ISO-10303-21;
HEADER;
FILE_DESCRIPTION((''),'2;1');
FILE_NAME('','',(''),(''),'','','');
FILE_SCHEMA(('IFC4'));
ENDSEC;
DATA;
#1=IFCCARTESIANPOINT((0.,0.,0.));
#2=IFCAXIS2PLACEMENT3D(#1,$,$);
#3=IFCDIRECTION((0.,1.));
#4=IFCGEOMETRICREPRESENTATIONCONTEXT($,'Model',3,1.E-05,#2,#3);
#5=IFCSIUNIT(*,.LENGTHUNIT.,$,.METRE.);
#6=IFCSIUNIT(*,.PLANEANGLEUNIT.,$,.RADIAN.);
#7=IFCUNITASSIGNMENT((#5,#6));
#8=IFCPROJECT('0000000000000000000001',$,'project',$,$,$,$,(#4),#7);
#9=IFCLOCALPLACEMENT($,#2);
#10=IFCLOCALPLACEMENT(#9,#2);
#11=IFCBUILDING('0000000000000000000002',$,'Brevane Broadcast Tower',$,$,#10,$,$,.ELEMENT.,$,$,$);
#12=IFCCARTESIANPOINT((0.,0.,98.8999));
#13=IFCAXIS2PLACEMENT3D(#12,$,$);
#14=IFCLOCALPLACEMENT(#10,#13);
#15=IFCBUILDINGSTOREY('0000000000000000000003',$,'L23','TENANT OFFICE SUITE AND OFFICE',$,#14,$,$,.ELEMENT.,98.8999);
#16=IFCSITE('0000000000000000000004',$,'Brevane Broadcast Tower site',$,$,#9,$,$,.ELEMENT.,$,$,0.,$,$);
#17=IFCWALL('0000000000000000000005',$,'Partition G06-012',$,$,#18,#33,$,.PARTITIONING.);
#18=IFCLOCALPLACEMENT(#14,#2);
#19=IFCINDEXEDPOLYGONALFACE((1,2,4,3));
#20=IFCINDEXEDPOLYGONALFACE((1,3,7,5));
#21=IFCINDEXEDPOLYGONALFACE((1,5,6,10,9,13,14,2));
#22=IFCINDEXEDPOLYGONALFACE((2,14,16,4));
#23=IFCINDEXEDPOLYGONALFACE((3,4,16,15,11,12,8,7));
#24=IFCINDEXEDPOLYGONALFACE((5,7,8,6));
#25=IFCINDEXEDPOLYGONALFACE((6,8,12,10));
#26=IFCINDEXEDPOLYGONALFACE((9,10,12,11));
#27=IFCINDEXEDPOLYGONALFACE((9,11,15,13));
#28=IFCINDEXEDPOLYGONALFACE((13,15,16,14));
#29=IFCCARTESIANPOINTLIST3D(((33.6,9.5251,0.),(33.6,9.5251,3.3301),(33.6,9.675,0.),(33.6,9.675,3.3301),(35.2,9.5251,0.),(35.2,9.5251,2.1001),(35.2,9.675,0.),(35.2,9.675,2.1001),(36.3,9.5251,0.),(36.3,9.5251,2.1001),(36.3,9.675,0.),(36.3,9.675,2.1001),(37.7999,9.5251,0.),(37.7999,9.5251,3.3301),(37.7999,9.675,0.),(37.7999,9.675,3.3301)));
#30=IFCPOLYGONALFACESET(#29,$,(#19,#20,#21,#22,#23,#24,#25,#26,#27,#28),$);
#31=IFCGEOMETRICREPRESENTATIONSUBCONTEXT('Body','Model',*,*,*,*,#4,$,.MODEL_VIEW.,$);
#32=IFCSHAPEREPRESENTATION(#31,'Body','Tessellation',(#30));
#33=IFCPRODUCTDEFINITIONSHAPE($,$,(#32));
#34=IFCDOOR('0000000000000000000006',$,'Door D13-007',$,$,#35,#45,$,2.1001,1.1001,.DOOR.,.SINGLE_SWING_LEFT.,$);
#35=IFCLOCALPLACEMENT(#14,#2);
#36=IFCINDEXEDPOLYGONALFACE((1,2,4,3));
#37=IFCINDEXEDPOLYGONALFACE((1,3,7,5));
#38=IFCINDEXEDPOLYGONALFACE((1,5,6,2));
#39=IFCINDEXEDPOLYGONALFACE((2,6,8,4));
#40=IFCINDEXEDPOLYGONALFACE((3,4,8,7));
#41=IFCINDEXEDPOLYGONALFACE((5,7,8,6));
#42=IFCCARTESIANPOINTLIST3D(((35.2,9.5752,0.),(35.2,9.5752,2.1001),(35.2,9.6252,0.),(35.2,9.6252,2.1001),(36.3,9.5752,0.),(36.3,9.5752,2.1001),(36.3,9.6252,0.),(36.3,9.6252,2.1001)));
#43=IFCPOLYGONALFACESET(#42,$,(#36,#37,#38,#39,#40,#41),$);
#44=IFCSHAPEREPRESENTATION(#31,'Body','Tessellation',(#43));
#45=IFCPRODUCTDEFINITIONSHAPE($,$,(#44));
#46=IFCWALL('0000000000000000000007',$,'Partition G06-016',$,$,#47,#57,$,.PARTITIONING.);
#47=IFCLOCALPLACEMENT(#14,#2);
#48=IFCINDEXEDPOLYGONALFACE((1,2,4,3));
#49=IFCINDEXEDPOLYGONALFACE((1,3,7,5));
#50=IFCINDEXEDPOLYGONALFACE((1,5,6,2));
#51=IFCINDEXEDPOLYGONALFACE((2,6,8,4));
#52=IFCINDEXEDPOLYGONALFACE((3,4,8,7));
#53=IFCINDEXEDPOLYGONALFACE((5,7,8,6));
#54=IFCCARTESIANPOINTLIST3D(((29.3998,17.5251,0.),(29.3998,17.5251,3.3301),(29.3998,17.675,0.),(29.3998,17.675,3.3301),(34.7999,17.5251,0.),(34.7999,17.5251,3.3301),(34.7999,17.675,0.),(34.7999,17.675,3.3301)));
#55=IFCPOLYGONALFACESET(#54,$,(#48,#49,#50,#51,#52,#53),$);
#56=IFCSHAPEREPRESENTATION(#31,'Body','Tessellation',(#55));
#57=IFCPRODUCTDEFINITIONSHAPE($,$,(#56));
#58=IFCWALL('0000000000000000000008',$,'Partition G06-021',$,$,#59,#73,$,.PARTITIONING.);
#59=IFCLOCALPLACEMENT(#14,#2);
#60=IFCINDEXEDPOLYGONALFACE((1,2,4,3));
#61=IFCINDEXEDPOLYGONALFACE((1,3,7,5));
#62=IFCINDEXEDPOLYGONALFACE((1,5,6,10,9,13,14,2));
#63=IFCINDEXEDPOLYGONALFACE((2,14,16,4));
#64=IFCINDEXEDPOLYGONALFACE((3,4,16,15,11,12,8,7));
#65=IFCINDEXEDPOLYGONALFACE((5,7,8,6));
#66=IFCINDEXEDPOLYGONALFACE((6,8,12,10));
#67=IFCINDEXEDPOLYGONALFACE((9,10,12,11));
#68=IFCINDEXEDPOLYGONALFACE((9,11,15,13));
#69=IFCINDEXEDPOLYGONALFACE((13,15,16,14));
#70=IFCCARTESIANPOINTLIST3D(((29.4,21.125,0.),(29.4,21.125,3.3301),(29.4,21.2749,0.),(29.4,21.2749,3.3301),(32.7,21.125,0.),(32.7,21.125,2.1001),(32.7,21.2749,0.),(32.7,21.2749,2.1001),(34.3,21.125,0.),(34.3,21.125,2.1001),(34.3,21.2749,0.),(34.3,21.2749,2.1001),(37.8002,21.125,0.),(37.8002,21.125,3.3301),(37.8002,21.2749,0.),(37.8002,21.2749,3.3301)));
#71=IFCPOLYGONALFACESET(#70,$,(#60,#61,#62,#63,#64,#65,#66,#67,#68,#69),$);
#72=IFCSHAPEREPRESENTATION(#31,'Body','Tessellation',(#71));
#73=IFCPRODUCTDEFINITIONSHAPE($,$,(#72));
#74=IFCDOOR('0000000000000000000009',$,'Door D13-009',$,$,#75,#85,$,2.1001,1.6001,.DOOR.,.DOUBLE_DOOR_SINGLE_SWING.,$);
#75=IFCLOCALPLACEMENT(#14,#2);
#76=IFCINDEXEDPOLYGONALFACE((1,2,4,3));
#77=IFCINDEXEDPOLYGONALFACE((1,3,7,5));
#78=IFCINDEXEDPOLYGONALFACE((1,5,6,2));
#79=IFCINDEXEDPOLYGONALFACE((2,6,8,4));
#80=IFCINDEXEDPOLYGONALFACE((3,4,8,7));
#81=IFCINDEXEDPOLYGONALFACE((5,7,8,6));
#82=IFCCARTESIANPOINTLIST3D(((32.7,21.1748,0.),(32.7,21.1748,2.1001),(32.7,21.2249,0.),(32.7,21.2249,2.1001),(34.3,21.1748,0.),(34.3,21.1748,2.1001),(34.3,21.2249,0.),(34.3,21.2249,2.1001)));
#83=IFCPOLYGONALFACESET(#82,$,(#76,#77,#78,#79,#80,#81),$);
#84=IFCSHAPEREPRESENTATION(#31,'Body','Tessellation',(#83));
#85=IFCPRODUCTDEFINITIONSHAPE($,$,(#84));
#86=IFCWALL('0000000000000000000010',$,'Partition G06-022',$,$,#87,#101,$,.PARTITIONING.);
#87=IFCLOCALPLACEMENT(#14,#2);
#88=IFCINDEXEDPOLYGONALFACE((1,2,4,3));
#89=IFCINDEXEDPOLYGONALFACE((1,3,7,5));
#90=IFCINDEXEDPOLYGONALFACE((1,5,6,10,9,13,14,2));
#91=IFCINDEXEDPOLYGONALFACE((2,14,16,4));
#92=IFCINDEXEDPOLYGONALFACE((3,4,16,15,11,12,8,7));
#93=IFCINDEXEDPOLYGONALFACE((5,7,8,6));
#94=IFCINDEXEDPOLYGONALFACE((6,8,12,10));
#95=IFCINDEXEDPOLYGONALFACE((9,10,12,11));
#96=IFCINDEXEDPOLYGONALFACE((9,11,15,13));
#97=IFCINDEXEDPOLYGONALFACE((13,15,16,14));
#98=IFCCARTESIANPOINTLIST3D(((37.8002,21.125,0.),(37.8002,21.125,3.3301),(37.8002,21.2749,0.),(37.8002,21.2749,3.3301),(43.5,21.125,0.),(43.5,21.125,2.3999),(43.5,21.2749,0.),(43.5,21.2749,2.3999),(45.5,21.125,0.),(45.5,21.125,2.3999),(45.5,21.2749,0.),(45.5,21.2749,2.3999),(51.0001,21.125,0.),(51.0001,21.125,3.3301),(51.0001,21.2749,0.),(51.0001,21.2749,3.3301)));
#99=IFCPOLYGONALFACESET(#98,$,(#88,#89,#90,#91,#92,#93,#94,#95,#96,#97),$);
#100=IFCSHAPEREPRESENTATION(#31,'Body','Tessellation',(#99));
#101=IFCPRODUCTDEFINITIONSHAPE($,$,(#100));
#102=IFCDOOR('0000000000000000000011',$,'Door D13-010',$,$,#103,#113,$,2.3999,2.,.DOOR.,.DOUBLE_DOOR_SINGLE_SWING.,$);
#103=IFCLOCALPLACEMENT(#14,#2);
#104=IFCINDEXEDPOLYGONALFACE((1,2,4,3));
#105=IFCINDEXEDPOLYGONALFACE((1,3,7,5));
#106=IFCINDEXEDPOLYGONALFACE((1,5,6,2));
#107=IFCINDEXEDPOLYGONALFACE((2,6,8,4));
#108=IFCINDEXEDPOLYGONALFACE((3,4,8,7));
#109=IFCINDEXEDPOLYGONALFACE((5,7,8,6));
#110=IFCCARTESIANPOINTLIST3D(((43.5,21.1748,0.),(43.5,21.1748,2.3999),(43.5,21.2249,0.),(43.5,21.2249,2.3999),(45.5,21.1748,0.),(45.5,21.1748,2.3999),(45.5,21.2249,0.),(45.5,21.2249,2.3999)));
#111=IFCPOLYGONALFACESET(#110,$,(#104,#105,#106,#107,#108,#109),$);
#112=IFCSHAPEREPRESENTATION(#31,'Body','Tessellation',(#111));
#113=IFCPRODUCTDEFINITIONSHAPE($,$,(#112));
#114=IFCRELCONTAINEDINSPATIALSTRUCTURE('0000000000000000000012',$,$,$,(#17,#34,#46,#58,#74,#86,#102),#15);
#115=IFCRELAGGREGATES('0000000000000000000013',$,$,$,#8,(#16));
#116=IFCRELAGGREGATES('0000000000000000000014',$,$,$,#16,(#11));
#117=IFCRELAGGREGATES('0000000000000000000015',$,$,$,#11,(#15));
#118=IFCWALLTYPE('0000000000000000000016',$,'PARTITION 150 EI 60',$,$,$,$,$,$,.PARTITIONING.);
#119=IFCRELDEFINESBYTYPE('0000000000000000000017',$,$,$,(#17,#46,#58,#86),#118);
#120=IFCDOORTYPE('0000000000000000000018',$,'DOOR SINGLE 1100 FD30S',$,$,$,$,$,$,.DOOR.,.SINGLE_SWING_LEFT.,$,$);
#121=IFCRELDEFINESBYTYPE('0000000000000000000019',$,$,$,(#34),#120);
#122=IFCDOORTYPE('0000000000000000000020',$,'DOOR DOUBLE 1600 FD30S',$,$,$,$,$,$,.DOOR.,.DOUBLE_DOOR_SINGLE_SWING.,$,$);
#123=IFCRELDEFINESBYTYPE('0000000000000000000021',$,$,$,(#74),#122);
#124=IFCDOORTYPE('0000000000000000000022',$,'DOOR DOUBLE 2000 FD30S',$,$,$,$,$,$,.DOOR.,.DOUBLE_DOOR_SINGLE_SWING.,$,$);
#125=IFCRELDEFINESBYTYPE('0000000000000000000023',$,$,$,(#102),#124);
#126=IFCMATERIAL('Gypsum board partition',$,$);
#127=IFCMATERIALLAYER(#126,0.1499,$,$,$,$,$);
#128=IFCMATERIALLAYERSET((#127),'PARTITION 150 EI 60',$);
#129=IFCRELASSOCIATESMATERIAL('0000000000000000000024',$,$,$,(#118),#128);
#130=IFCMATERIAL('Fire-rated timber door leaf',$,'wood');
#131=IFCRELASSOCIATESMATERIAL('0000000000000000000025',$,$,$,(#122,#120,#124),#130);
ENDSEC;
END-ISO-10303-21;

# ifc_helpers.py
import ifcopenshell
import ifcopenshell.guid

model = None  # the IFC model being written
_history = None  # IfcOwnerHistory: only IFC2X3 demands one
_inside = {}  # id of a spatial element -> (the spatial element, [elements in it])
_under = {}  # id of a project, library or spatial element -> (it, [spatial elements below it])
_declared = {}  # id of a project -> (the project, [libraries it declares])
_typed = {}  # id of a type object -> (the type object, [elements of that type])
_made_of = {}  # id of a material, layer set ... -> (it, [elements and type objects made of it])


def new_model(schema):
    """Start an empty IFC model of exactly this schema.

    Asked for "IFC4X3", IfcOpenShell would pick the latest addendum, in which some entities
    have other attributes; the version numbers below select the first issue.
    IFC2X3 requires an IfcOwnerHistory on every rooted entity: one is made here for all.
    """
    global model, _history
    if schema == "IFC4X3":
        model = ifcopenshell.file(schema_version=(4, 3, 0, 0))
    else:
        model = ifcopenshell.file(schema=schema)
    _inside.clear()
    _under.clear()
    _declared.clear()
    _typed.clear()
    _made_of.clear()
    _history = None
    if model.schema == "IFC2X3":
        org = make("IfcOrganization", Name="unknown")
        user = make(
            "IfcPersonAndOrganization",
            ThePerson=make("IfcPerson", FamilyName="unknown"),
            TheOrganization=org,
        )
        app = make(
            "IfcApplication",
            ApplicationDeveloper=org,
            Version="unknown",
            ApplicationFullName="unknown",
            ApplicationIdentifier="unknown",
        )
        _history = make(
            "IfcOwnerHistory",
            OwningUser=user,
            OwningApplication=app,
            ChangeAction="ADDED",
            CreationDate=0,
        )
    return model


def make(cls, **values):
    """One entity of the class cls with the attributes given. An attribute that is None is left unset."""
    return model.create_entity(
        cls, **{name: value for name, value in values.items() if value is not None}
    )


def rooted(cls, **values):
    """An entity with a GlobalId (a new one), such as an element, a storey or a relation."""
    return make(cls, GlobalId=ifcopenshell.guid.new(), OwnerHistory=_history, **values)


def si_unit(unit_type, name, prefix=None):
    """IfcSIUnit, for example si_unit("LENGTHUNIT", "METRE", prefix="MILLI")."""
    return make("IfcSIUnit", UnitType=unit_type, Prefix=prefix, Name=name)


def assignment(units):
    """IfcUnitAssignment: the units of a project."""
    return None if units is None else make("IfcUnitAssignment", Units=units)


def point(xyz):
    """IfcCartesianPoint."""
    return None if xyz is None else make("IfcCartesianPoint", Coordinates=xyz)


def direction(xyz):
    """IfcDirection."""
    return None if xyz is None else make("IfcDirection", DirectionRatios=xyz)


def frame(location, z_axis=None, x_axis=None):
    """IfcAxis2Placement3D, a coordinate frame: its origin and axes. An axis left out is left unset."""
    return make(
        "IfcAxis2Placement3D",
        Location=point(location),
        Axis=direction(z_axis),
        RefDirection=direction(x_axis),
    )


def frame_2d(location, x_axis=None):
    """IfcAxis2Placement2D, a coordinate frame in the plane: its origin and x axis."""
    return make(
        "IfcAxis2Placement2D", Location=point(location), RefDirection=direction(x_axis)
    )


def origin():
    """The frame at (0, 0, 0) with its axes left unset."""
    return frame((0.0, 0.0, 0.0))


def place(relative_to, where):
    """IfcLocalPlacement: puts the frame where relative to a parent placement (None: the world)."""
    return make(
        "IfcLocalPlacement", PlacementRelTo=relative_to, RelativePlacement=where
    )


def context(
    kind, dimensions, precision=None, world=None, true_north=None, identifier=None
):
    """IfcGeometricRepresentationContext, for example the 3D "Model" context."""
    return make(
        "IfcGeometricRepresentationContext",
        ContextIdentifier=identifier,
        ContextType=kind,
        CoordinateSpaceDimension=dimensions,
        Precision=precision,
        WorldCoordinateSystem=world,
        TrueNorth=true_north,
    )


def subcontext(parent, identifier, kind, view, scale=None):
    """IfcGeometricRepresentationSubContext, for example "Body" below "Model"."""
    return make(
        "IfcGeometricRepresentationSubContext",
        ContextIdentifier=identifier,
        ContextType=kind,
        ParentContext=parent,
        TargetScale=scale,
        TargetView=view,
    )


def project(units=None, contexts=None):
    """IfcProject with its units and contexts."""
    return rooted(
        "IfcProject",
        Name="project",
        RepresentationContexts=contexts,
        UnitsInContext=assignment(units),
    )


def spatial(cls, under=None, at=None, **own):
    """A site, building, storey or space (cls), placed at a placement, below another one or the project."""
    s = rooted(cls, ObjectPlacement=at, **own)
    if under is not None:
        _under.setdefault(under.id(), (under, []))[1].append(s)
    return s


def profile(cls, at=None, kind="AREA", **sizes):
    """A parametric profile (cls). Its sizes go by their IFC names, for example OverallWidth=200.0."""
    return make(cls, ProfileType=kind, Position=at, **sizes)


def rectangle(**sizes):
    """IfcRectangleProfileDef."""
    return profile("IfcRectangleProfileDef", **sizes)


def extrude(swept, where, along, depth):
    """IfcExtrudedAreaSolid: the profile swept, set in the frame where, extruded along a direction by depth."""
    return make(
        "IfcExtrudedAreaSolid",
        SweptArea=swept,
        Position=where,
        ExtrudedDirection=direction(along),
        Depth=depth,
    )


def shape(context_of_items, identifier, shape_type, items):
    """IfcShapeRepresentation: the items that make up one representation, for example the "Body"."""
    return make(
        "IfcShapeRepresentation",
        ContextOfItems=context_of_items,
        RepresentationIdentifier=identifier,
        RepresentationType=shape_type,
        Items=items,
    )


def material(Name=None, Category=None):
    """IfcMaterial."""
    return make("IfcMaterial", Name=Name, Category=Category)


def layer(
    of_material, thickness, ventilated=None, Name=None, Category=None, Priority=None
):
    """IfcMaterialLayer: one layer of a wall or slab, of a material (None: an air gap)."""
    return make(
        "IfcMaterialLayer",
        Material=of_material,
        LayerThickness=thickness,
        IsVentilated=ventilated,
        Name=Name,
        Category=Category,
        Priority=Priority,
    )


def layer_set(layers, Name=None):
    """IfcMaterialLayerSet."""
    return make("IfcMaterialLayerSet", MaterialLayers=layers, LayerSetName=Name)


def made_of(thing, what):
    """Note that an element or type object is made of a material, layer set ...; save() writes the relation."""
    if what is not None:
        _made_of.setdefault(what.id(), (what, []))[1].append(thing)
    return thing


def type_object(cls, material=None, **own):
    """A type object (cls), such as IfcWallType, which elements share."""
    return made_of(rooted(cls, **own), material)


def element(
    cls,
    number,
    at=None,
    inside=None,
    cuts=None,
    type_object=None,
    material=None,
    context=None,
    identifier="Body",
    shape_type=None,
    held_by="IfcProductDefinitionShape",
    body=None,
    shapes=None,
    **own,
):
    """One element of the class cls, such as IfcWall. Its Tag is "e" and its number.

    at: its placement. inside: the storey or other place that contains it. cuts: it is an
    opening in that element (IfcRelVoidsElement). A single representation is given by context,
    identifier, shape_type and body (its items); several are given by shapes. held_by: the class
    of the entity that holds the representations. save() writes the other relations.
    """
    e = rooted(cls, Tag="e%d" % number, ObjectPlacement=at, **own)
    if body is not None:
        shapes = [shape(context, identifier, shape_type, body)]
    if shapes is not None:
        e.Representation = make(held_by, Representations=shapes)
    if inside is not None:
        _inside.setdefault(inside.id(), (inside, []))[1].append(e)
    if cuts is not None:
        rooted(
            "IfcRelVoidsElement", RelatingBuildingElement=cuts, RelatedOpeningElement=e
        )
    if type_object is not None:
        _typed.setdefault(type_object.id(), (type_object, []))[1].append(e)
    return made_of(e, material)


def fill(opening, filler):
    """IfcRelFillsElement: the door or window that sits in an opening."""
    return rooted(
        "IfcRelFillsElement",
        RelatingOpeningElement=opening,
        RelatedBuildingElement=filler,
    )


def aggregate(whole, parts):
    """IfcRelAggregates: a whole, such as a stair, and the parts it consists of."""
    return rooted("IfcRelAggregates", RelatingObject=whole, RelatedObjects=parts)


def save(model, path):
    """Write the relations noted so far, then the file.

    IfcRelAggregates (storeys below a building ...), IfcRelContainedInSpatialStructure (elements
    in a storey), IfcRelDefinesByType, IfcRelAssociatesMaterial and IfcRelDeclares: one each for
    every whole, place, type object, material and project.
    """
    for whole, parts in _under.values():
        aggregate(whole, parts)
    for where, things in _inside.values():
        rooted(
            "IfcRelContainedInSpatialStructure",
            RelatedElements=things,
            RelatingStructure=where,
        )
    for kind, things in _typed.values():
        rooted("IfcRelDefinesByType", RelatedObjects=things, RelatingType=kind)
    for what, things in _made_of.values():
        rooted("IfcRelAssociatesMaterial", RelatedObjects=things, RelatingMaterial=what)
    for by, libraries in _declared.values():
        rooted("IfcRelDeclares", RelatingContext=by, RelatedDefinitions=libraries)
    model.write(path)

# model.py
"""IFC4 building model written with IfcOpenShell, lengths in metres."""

from ifc_helpers import new_model, si_unit, direction, frame, frame_2d, origin, place, context, subcontext, project, spatial, rectangle, extrude, material, layer, layer_set, type_object, element, fill, save


model = new_model("IFC4")

# Units and contexts
model_context = context("Model", 3, precision=1e-05, world=origin(), true_north=direction((0.0, 1.0)))
body_context = subcontext(model_context, "Body", "Model", "MODEL_VIEW")
ifc_project = project(units=[si_unit("LENGTHUNIT", "METRE"), si_unit("PLANEANGLEUNIT", "RADIAN")], contexts=[model_context])

# Site, building, storey
site_placement = place(None, origin())
site = spatial("IfcSite", under=ifc_project, at=site_placement, Name="Brevane Broadcast Tower site", CompositionType="ELEMENT", RefElevation=0.0)
building_placement = place(site_placement, origin())
building = spatial("IfcBuilding", under=site, at=building_placement, Name="Brevane Broadcast Tower", CompositionType="ELEMENT")
storey_placement = place(building_placement, frame((0.0, 0.0, 98.8999)))
storey = spatial("IfcBuildingStorey", under=building, at=storey_placement, Name="L23", Description="TENANT OFFICE SUITE AND OFFICE", CompositionType="ELEMENT", Elevation=98.8999)

# Shared definitions
ifc_material_1 = material(Name="Gypsum board partition")
ifc_layer_1 = layer(ifc_material_1, 0.1499)
ifc_layer_set_1 = layer_set([ifc_layer_1], Name="PARTITION 150 EI 60")
wall_type_1 = type_object("IfcWallType", Name="PARTITION 150 EI 60", PredefinedType="PARTITIONING", material=ifc_layer_set_1)

# Shared definitions
ifc_material_2 = material(Name="Fire-rated timber door leaf", Category="wood")

# Wall, opening, door
door_type_1 = type_object("IfcDoorType", Name="DOOR DOUBLE 1600 FD30S", OperationType="DOUBLE_DOOR_SINGLE_SWING", PredefinedType="DOOR", material=ifc_material_2)
wall_1_placement = place(storey_placement, frame((37.8, 9.6001, 0.0), z_axis=(0.0, 0.0, 1.0), x_axis=(-1.0, 0.0, 0.0)))
wall_1 = element("IfcWall", 1, at=wall_1_placement, inside=storey, type_object=wall_type_1, Name="Partition G06-012", PredefinedType="PARTITIONING", context=body_context, shape_type="SweptSolid", body=[
    extrude(rectangle(XDim=4.2, YDim=0.1499, at=frame_2d((2.1001, 0.0))), origin(), (0.0, 0.0, 1.0), 3.3301),
])
opening_1_placement = place(wall_1_placement, frame((1.5, 0.0, 0.0)))
opening_1 = element("IfcOpeningElement", 2, at=opening_1_placement, cuts=wall_1, PredefinedType="OPENING", context=body_context, shape_type="SweptSolid", body=[
    extrude(rectangle(XDim=1.1001, YDim=2.1001, at=frame_2d((0.55, 1.05))), frame((0.0, 0.085, 0.0), z_axis=(0.0, -1.0, 0.0), x_axis=(1.0, 0.0, 0.0)), (0.0, 0.0, 1.0), 0.1699),
])
door_type_2 = type_object("IfcDoorType", Name="DOOR SINGLE 1100 FD30S", OperationType="SINGLE_SWING_LEFT", PredefinedType="DOOR", material=ifc_material_2)
door_1_placement = place(opening_1_placement, origin())
door_1 = element("IfcDoor", 3, at=door_1_placement, inside=storey, type_object=door_type_2, Name="Door D13-007", OperationType="SINGLE_SWING_LEFT", OverallHeight=2.1001, OverallWidth=1.1001, PredefinedType="DOOR", context=body_context, shape_type="SweptSolid", body=[
    extrude(rectangle(XDim=1.1001, YDim=2.1001, at=frame_2d((0.55, 1.05))), frame((0.0, 0.0249, 0.0), z_axis=(0.0, -1.0, 0.0), x_axis=(1.0, 0.0, 0.0)), (0.0, 0.0, 1.0), 0.05),
])
fill(opening_1, door_1)

# Wall
wall_2_placement = place(storey_placement, frame((34.8, 17.6001, 0.0), z_axis=(0.0, 0.0, 1.0), x_axis=(-1.0, 0.0, 0.0)))
element("IfcWall", 4, at=wall_2_placement, inside=storey, type_object=wall_type_1, Name="Partition G06-016", PredefinedType="PARTITIONING", context=body_context, shape_type="SweptSolid", body=[
    extrude(rectangle(XDim=5.4001, YDim=0.1499, at=frame_2d((2.7002, 0.0))), origin(), (0.0, 0.0, 1.0), 3.3301),
])

# Walls, openings, doors
wall_3_placement = place(storey_placement, frame((29.3999, 21.2, 0.0), z_axis=(0.0, 0.0, 1.0), x_axis=(1.0, 0.0, 0.0)))
wall_3 = element("IfcWall", 5, at=wall_3_placement, inside=storey, type_object=wall_type_1, Name="Partition G06-021", PredefinedType="PARTITIONING", context=body_context, shape_type="SweptSolid", body=[
    extrude(rectangle(XDim=8.4001, YDim=0.1499, at=frame_2d((4.2002, 0.0))), origin(), (0.0, 0.0, 1.0), 3.3301),
])
opening_2_placement = place(wall_3_placement, frame((3.3, 0.0, 0.0)))
opening_2 = element("IfcOpeningElement", 6, at=opening_2_placement, cuts=wall_3, PredefinedType="OPENING", context=body_context, shape_type="SweptSolid", body=[
    extrude(rectangle(XDim=1.6001, YDim=2.1001, at=frame_2d((0.8, 1.05))), frame((0.0, 0.085, 0.0), z_axis=(0.0, -1.0, 0.0), x_axis=(1.0, 0.0, 0.0)), (0.0, 0.0, 1.0), 0.1699),
])
door_2_placement = place(opening_2_placement, origin())
door_2 = element("IfcDoor", 7, at=door_2_placement, inside=storey, type_object=door_type_1, Name="Door D13-009", OperationType="DOUBLE_DOOR_SINGLE_SWING", OverallHeight=2.1001, OverallWidth=1.6001, PredefinedType="DOOR", context=body_context, shape_type="SweptSolid", body=[
    extrude(rectangle(XDim=1.6001, YDim=2.1001, at=frame_2d((0.8, 1.05))), frame((0.0, 0.0249, 0.0), z_axis=(0.0, -1.0, 0.0), x_axis=(1.0, 0.0, 0.0)), (0.0, 0.0, 1.0), 0.05),
])
fill(opening_2, door_2)
wall_4_placement = place(storey_placement, frame((37.8, 21.2, 0.0), z_axis=(0.0, 0.0, 1.0), x_axis=(1.0, 0.0, 0.0)))
wall_4 = element("IfcWall", 8, at=wall_4_placement, inside=storey, type_object=wall_type_1, Name="Partition G06-022", PredefinedType="PARTITIONING", context=body_context, shape_type="SweptSolid", body=[
    extrude(rectangle(XDim=13.2, YDim=0.1499, at=frame_2d((6.6001, 0.0))), origin(), (0.0, 0.0, 1.0), 3.3301),
])
opening_3_placement = place(wall_4_placement, frame((5.7, 0.0, 0.0)))
opening_3 = element("IfcOpeningElement", 9, at=opening_3_placement, cuts=wall_4, PredefinedType="OPENING", context=body_context, shape_type="SweptSolid", body=[
    extrude(rectangle(XDim=2.0, YDim=2.3999, at=frame_2d((1.0, 1.2))), frame((0.0, 0.085, 0.0), z_axis=(0.0, -1.0, 0.0), x_axis=(1.0, 0.0, 0.0)), (0.0, 0.0, 1.0), 0.1699),
])
door_type_3 = type_object("IfcDoorType", Name="DOOR DOUBLE 2000 FD30S", OperationType="DOUBLE_DOOR_SINGLE_SWING", PredefinedType="DOOR", material=ifc_material_2)
door_3_placement = place(opening_3_placement, origin())
door_3 = element("IfcDoor", 10, at=door_3_placement, inside=storey, type_object=door_type_3, Name="Door D13-010", OperationType="DOUBLE_DOOR_SINGLE_SWING", OverallHeight=2.3999, OverallWidth=2.0, PredefinedType="DOOR", context=body_context, shape_type="SweptSolid", body=[
    extrude(rectangle(XDim=2.0, YDim=2.3999, at=frame_2d((1.0, 1.2))), frame((0.0, 0.0249, 0.0), z_axis=(0.0, -1.0, 0.0), x_axis=(1.0, 0.0, 0.0)), (0.0, 0.0, 1.0), 0.05),
])
fill(opening_3, door_3)

save(model, "model.ifc")
